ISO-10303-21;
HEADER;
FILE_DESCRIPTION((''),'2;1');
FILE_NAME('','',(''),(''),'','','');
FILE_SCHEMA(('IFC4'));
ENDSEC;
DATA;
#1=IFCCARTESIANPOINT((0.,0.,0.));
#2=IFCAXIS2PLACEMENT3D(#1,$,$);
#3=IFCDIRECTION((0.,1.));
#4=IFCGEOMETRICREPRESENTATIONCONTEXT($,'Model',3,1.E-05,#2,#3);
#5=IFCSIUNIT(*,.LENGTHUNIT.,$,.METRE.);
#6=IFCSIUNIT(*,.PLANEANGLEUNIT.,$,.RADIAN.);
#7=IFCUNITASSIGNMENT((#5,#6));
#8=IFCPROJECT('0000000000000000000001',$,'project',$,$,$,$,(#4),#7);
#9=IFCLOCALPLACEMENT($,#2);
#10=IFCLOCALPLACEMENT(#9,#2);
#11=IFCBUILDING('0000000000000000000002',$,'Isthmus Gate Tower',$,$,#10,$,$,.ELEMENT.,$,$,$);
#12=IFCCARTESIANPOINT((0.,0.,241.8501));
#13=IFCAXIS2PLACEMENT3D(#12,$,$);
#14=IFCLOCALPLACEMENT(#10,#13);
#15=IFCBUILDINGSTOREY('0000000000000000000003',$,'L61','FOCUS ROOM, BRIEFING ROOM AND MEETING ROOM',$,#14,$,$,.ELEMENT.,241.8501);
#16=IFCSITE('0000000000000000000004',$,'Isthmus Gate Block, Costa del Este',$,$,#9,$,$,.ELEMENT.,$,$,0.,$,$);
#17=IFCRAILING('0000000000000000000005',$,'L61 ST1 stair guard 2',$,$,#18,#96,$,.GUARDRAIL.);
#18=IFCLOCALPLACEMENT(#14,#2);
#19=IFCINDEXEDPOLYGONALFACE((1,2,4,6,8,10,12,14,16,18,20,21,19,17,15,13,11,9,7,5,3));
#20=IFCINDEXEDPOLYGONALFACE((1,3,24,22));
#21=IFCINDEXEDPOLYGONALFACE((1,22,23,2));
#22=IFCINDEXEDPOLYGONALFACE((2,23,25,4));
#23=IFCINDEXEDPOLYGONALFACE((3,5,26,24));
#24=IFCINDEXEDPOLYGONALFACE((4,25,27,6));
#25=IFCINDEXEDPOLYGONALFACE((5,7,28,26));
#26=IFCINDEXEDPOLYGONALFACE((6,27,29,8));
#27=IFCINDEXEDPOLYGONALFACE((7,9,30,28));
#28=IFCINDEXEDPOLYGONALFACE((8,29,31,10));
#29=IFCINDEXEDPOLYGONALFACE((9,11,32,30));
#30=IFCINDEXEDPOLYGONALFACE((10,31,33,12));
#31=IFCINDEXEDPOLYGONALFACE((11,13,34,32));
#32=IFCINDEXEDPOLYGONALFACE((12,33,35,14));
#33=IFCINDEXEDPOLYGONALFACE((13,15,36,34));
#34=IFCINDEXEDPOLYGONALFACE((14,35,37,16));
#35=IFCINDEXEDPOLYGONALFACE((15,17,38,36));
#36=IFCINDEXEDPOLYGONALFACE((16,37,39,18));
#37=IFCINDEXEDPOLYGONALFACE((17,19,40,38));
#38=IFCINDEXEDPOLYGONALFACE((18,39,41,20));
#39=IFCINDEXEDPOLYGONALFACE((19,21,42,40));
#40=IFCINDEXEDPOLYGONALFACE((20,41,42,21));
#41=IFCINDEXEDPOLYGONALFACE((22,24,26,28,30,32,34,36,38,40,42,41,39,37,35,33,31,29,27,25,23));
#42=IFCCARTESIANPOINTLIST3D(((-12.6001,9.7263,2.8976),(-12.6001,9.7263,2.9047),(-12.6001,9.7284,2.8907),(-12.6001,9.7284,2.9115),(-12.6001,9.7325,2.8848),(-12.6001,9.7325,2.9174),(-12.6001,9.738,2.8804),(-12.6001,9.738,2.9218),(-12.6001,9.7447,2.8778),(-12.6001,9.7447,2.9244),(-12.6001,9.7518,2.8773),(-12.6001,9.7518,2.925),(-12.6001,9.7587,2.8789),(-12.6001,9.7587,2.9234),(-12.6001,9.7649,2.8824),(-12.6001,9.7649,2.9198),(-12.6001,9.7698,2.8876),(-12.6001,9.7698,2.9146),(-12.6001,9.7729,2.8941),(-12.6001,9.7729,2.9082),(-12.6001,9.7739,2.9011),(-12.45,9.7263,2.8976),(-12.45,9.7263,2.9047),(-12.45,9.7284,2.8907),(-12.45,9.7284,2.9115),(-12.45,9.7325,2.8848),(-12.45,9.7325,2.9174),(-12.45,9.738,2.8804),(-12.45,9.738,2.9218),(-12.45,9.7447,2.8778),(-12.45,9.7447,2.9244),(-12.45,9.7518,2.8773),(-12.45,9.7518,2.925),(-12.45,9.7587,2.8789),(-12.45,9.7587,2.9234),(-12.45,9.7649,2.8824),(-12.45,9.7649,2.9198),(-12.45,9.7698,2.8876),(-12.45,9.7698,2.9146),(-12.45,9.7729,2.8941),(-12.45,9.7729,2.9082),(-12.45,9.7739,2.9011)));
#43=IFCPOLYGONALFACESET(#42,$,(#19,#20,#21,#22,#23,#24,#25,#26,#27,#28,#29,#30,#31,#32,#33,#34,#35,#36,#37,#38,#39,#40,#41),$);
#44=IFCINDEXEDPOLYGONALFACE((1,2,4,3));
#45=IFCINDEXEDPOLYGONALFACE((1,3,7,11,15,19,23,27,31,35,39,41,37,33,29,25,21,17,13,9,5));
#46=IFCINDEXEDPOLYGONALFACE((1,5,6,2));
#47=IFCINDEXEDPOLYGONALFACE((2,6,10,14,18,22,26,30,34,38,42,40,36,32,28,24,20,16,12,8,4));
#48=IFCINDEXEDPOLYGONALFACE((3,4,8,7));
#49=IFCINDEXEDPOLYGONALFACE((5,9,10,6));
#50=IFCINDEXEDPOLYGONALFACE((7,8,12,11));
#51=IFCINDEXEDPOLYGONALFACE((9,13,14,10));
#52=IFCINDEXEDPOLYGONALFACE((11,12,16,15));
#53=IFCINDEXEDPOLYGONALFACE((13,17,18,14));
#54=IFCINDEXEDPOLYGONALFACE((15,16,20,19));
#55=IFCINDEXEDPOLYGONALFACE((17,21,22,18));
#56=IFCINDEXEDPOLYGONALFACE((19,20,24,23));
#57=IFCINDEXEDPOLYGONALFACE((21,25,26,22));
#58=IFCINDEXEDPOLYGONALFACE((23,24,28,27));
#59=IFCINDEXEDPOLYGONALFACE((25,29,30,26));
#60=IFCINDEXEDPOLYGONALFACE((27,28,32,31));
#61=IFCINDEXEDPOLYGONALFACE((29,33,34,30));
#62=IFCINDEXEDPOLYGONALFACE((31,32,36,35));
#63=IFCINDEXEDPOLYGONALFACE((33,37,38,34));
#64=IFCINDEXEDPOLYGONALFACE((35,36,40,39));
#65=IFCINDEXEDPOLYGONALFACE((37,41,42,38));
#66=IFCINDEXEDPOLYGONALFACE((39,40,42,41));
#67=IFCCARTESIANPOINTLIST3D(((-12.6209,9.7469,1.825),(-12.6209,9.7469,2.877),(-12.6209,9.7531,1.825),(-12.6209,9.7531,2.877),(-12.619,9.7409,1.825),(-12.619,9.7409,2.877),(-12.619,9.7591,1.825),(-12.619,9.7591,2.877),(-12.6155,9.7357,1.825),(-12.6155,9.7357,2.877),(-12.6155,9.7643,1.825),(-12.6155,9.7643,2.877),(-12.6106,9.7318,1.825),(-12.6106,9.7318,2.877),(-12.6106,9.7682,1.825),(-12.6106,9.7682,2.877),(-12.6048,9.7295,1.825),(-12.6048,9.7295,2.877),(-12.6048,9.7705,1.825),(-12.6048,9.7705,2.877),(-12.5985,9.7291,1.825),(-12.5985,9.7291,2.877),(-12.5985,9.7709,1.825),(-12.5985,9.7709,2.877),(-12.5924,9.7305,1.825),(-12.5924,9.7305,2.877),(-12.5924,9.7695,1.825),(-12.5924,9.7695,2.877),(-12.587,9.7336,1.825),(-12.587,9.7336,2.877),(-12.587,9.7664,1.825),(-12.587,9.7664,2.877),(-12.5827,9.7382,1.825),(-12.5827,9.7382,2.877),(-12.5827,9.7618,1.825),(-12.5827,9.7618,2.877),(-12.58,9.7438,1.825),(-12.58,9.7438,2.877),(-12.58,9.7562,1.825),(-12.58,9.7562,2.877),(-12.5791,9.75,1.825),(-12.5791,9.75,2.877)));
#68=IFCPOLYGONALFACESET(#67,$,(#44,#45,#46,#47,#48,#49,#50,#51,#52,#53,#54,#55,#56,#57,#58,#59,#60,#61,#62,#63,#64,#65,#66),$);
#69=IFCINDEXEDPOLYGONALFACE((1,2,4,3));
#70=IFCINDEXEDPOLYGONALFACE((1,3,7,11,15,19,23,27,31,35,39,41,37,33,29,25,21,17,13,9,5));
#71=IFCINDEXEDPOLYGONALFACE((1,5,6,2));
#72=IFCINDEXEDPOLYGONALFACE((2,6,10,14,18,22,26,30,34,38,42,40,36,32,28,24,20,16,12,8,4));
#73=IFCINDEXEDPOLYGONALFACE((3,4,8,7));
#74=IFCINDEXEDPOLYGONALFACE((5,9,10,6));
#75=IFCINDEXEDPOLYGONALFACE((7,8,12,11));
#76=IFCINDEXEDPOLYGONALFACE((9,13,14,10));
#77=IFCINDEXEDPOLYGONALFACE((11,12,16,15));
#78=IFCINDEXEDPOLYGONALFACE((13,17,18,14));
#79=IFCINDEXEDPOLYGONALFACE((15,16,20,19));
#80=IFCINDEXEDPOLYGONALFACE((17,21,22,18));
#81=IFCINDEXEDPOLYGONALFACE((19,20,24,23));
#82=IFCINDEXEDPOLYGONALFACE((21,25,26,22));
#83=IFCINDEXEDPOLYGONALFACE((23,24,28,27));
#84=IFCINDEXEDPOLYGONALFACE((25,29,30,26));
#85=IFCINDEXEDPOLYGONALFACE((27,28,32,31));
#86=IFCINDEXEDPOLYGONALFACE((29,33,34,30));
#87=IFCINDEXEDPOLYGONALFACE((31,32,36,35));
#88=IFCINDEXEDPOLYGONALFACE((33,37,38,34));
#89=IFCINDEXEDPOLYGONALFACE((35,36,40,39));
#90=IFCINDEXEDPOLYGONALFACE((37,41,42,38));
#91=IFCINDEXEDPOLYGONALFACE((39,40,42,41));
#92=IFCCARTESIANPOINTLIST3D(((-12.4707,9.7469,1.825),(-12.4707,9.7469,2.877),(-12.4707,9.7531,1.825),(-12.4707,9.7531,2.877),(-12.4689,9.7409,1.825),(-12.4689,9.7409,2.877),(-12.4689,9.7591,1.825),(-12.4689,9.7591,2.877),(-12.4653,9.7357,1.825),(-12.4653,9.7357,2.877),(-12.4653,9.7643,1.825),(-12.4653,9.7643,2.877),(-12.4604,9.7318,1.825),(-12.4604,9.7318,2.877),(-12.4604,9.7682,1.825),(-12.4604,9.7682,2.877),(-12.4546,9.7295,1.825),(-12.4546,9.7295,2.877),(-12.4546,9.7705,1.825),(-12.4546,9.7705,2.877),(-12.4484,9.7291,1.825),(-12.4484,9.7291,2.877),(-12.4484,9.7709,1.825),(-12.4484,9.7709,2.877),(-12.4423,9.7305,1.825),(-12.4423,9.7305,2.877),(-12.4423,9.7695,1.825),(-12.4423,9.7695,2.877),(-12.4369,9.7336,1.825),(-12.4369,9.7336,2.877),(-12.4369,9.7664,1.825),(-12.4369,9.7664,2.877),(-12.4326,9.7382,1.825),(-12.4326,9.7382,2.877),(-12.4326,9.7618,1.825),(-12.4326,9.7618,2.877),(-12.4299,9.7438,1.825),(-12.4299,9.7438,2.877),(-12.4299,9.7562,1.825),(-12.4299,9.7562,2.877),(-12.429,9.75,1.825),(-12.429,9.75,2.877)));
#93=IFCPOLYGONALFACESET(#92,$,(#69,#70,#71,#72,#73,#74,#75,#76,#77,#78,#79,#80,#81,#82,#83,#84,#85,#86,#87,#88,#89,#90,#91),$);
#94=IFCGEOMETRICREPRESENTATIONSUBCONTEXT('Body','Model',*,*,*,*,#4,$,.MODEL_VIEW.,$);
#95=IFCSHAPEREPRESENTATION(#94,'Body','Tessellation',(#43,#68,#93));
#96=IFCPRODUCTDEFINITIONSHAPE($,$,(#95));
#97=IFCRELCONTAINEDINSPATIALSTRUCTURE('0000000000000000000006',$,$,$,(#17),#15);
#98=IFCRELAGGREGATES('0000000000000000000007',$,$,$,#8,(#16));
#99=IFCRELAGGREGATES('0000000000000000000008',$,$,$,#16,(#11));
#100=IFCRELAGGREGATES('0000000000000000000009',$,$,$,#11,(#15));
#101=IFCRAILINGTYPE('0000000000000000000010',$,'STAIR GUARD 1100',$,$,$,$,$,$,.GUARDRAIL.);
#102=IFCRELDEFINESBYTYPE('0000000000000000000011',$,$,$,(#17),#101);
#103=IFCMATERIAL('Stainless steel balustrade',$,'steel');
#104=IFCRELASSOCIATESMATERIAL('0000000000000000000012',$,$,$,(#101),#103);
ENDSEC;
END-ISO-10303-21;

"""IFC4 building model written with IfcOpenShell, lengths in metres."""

from ifc_helpers import new_model, si_unit, direction, frame, origin, origin_2d, place, context, subcontext, project, spatial, circle, extrude, material, type_object, element, save


model = new_model("IFC4")

# Units and contexts
model_context = context("Model", 3, precision=1e-05, world=origin(), true_north=direction((0.0, 1.0)))
body_context = subcontext(model_context, "Body", "Model", "MODEL_VIEW")
ifc_project = project(units=[si_unit("LENGTHUNIT", "METRE"), si_unit("PLANEANGLEUNIT", "RADIAN")], contexts=[model_context])

# Site, building, storey
site_placement = place(None, origin())
site = spatial("IfcSite", under=ifc_project, at=site_placement, Name="Isthmus Gate Block, Costa del Este", CompositionType="ELEMENT", RefElevation=0.0)
building_placement = place(site_placement, origin())
building = spatial("IfcBuilding", under=site, at=building_placement, Name="Isthmus Gate Tower", CompositionType="ELEMENT")
storey_placement = place(building_placement, frame((0.0, 0.0, 241.8501)))
storey = spatial("IfcBuildingStorey", under=building, at=storey_placement, Name="L61", Description="FOCUS ROOM, BRIEFING ROOM AND MEETING ROOM", CompositionType="ELEMENT", Elevation=241.8501)

# Railing
ifc_material_1 = material(Name="Stainless steel balustrade", Category="steel")
railing_type_1 = type_object("IfcRailingType", Name="STAIR GUARD 1100", PredefinedType="GUARDRAIL", material=ifc_material_1)
railing_1_placement = place(storey_placement, frame((-12.6001, 9.75, 1.825)))
element("IfcRailing", 1, at=railing_1_placement, inside=storey, type_object=railing_type_1, Name="L61 ST1 stair guard 2", PredefinedType="GUARDRAIL", context=body_context, shape_type="SweptSolid", body=[
    extrude(circle(Radius=0.0239, at=origin_2d()), frame((0.0, 0.0, 1.0762), z_axis=(1.0, 0.0, 0.0), x_axis=(0.0, 1.0, 0.0)), (0.0, 0.0, 1.0), 0.1501),
    extrude(circle(Radius=0.021, at=origin_2d()), origin(), (0.0, 0.0, 1.0), 1.052),
    extrude(circle(Radius=0.021, at=origin_2d()), frame((0.1501, 0.0, 0.0)), (0.0, 0.0, 1.0), 1.052),
])

save(model, "model.ifc")
